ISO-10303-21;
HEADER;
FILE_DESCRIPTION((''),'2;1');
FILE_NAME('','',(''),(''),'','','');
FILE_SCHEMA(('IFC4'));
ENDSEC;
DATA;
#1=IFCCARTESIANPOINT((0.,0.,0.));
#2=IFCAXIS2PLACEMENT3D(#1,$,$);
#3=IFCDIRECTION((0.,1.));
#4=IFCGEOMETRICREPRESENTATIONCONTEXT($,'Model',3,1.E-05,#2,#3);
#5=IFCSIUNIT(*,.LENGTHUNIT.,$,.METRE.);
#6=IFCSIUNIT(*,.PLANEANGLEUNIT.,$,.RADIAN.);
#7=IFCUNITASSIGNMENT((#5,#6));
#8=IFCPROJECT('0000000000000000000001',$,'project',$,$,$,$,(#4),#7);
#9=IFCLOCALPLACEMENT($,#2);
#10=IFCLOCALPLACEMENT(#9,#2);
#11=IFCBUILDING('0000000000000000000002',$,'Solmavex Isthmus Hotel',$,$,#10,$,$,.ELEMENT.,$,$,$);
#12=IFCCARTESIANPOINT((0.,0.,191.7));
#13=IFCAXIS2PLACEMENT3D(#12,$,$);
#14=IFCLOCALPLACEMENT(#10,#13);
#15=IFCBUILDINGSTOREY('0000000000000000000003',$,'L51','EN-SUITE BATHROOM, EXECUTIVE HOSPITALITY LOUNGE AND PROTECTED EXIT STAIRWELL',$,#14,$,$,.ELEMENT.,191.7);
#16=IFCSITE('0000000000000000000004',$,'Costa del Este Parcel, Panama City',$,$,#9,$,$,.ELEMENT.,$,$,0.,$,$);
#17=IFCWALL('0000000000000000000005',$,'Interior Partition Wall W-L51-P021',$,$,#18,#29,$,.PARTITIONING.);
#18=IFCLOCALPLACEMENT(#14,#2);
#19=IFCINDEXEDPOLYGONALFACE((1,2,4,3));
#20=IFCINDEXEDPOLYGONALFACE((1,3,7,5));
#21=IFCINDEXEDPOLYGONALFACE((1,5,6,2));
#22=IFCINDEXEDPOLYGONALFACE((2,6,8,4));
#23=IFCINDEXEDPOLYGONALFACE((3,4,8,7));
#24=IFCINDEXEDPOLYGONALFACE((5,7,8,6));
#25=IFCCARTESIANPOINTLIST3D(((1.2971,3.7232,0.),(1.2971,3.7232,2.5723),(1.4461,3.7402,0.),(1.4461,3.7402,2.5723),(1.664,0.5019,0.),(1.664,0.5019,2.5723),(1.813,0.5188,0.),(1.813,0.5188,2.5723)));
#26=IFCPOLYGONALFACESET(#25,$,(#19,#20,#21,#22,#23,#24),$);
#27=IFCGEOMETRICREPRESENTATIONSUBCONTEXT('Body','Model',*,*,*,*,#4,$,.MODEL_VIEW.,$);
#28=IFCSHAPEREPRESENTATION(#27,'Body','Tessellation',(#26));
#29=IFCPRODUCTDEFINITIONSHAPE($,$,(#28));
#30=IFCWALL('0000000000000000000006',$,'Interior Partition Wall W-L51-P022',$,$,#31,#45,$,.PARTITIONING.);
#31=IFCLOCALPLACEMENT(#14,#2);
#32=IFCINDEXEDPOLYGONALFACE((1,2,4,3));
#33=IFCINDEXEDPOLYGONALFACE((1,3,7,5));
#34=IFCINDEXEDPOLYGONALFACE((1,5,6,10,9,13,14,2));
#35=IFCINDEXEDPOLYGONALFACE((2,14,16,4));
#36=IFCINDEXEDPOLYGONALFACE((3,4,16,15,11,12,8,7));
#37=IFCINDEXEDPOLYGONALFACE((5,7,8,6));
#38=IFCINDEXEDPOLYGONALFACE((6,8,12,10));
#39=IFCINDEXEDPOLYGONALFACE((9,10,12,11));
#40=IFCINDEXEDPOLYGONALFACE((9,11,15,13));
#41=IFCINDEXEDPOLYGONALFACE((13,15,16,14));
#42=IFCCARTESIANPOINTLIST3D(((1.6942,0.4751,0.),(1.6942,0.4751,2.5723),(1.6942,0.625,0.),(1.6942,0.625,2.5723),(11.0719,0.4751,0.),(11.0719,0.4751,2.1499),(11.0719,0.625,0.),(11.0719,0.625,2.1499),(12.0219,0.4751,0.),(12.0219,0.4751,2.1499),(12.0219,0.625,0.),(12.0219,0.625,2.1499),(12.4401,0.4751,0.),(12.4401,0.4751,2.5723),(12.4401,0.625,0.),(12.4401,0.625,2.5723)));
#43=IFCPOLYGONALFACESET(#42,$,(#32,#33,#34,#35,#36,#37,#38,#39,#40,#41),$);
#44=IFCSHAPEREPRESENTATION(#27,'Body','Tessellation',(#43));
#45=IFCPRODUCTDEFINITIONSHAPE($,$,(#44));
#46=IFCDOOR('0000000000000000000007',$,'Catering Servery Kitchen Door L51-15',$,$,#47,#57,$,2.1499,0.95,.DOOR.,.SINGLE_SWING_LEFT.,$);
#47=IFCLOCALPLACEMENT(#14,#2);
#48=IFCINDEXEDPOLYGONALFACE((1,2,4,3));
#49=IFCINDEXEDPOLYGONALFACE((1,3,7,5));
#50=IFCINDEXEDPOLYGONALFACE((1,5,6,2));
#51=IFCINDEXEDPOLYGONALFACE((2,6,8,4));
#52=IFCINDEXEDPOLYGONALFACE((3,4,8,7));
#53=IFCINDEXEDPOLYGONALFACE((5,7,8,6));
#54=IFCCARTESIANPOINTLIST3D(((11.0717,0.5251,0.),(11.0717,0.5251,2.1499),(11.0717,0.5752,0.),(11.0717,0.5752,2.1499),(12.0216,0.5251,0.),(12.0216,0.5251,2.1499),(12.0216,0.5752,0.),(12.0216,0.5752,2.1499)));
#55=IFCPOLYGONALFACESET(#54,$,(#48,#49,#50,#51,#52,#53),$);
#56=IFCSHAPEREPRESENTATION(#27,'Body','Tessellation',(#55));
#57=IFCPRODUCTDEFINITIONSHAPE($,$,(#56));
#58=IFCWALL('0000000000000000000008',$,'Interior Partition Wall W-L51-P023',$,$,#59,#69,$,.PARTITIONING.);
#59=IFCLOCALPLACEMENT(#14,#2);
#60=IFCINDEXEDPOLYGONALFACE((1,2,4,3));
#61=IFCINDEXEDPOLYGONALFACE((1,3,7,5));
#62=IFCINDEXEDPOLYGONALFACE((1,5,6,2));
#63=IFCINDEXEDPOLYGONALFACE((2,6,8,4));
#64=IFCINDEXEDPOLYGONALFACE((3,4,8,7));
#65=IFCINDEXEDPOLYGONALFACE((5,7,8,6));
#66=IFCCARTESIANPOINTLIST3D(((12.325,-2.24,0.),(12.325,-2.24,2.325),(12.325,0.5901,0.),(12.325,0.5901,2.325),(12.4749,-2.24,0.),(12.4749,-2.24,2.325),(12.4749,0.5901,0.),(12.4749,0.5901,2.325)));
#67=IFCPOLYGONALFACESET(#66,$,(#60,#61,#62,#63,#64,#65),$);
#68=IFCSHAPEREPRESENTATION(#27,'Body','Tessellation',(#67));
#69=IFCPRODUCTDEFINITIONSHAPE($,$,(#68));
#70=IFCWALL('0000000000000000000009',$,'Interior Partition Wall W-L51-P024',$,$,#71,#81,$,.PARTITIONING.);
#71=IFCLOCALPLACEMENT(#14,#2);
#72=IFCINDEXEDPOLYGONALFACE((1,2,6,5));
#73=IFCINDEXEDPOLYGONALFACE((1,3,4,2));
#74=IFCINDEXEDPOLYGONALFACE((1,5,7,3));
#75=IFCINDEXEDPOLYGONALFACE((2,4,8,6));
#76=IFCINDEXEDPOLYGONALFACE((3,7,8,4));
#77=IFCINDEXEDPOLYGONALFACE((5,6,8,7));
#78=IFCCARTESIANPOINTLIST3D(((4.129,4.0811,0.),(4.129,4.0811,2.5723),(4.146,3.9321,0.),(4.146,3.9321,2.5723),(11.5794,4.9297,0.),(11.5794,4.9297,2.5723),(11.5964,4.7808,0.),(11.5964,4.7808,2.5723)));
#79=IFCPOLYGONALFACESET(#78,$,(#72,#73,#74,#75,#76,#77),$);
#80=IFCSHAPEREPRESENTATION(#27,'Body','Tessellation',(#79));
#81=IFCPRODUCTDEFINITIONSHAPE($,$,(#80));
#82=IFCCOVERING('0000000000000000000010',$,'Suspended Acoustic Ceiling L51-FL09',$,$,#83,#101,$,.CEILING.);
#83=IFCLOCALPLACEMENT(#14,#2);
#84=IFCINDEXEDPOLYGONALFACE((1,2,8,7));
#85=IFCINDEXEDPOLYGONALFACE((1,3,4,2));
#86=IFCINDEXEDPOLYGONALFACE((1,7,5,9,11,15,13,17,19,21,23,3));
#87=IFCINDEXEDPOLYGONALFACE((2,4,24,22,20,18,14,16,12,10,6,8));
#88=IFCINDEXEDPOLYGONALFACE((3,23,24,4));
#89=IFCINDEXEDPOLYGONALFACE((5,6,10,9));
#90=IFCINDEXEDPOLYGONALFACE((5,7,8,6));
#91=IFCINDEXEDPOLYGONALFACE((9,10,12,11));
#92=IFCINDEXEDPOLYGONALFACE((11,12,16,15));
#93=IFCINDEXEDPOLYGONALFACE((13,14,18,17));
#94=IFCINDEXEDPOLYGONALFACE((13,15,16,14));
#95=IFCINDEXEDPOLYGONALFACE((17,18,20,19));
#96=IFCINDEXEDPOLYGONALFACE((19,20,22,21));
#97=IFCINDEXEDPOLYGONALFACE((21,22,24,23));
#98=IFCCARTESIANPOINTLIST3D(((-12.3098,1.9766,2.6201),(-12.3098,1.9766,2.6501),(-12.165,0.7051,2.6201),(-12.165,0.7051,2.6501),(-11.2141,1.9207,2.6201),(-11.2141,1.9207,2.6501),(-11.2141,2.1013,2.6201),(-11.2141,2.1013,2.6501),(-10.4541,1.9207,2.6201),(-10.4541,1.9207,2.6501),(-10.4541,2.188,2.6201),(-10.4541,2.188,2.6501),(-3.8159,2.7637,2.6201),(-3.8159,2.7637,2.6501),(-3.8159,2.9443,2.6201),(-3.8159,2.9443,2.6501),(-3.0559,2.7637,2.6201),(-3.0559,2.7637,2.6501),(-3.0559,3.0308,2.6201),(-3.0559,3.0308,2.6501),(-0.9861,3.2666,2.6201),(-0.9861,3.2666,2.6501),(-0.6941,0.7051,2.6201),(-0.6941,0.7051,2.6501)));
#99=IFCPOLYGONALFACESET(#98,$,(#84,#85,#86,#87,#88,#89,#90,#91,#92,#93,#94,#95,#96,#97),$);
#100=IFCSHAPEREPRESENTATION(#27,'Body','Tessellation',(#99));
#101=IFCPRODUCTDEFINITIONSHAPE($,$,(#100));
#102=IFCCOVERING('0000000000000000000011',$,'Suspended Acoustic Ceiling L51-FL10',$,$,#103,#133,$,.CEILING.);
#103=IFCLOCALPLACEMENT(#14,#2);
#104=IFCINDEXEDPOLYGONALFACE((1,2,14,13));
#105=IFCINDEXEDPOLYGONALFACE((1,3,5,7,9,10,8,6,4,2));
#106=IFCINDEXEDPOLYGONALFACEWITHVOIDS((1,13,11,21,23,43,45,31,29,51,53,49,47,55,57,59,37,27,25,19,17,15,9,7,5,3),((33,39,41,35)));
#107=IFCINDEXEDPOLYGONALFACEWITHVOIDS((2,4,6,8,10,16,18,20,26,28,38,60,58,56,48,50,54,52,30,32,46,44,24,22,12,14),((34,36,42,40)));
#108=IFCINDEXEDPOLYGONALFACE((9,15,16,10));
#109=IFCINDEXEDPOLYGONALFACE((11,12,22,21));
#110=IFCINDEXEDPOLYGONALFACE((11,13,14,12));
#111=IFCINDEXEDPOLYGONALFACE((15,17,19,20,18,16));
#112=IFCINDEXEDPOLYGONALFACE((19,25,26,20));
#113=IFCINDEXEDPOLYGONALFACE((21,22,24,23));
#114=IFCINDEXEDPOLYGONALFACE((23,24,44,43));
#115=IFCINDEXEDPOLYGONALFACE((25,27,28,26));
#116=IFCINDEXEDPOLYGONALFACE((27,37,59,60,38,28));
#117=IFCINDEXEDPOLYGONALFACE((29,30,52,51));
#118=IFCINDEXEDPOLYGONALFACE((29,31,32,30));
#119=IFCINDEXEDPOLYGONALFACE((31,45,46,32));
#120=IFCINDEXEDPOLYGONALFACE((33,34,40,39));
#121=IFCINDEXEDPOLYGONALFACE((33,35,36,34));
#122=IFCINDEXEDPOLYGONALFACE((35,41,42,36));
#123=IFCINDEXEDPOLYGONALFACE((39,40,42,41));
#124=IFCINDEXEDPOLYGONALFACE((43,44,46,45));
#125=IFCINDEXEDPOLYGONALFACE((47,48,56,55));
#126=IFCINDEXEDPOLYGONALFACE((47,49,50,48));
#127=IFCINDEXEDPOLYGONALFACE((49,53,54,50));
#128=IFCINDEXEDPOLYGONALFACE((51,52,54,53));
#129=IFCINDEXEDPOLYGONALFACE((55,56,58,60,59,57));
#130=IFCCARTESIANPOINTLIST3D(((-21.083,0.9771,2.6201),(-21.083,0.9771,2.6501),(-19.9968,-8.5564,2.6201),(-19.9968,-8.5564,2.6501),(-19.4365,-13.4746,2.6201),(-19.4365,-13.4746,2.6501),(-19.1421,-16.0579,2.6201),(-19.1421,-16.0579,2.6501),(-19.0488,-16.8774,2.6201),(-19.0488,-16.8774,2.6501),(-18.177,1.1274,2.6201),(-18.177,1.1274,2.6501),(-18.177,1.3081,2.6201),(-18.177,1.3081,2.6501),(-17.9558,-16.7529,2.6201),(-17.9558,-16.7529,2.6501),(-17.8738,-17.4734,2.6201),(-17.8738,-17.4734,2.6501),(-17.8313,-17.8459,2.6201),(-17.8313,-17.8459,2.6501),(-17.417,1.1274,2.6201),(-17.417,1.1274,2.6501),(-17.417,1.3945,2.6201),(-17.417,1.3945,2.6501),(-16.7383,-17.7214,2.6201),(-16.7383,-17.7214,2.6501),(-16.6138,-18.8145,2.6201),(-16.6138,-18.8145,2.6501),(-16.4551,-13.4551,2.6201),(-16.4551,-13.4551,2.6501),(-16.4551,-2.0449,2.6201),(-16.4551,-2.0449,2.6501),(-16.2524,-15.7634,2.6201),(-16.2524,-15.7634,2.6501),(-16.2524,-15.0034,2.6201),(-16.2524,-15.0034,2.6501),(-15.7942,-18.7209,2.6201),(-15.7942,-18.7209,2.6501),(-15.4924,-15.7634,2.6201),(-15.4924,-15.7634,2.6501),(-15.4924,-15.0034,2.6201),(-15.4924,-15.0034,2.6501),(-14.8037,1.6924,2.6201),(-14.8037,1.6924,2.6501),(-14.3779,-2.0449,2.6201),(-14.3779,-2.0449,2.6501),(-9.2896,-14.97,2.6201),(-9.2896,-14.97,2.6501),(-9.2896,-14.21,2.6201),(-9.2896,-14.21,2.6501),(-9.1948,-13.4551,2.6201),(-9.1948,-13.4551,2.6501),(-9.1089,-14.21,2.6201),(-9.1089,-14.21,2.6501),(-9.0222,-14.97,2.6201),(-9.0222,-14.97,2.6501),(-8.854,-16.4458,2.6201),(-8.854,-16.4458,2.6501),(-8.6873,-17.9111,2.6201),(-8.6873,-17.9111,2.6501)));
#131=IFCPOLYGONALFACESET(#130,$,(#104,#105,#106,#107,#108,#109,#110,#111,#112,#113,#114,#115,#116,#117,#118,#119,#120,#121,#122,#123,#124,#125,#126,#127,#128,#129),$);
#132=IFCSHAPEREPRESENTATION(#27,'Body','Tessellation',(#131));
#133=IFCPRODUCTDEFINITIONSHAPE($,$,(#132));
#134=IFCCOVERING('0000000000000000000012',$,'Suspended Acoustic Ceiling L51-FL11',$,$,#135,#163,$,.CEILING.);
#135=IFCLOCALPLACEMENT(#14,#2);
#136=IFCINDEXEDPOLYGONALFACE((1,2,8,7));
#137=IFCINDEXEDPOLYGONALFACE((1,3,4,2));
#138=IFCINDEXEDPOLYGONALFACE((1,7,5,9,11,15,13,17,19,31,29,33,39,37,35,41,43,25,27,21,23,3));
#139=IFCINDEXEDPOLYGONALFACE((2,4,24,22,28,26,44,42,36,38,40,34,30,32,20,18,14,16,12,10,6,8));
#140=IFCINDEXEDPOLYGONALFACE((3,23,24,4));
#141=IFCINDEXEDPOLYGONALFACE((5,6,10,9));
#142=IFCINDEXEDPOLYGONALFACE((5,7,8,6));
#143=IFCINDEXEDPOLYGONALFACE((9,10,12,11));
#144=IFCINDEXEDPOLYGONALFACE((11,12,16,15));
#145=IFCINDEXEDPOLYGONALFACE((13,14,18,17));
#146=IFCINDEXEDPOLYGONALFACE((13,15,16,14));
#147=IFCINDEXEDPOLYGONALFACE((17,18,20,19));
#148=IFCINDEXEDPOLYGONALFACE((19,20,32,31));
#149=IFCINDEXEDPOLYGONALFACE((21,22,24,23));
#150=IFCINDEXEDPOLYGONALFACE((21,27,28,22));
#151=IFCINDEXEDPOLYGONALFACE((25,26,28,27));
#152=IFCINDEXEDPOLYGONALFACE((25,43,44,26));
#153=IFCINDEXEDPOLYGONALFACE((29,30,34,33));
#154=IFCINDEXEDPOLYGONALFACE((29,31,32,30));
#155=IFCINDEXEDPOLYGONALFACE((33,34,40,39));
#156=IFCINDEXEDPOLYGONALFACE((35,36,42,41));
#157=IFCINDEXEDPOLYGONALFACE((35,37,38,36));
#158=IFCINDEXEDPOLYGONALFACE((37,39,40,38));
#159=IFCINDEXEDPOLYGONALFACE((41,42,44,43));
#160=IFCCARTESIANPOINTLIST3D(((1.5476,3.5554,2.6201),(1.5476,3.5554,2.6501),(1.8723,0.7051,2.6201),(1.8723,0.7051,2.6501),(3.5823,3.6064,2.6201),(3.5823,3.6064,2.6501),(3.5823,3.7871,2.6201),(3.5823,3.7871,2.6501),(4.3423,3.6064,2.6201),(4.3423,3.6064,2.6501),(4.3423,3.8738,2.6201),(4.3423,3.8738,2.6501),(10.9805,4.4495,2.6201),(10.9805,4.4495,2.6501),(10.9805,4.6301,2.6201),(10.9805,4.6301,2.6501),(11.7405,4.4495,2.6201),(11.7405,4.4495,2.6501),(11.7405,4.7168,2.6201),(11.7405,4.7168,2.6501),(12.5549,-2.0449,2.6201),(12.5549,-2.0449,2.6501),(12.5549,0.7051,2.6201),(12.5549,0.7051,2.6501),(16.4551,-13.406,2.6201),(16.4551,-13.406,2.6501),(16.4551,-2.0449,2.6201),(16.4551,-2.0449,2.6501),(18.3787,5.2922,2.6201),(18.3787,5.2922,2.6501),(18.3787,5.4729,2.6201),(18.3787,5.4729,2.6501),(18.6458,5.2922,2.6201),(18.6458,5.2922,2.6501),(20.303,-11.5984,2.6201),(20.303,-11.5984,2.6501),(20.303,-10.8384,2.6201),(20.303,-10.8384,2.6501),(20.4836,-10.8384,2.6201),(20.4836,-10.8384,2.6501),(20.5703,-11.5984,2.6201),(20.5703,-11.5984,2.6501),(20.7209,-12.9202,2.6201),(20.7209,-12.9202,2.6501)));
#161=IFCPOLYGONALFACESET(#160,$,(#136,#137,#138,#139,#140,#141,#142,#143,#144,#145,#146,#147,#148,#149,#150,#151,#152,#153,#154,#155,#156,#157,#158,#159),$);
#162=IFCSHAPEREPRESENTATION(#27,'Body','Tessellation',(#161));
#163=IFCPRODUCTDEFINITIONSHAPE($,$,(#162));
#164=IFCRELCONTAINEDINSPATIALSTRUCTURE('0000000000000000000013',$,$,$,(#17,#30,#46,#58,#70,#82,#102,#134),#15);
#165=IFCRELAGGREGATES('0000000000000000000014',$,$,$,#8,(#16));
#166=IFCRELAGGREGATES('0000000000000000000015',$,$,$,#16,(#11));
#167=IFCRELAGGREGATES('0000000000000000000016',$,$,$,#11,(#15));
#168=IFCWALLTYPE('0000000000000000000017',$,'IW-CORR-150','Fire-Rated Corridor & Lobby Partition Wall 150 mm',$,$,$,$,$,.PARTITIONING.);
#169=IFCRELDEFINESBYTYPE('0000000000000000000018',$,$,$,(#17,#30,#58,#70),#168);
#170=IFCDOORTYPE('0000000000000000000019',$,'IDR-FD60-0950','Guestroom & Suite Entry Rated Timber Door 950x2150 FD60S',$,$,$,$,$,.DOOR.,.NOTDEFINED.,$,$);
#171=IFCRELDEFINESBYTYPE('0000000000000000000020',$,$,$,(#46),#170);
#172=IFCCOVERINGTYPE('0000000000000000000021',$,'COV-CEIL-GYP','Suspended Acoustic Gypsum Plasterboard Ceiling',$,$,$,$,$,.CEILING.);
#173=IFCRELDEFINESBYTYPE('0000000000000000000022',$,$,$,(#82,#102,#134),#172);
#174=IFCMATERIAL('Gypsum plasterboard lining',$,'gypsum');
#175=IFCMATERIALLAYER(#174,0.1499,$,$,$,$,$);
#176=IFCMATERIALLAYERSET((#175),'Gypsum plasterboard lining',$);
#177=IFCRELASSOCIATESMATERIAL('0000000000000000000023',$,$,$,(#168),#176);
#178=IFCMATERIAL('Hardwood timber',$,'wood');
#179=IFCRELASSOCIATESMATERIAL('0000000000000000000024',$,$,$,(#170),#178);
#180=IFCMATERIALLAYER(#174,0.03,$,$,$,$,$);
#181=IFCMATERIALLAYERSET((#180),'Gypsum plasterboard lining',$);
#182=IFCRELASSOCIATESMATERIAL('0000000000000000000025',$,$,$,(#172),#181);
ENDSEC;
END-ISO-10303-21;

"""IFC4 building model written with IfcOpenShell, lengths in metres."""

from ifc_helpers import new_model, si_unit, direction, frame, frame_2d, origin, place, context, subcontext, project, spatial, polyline, rectangle, outline, extrude, material, layer, layer_set, type_object, element, fill, save


model = new_model("IFC4")

# Units and contexts
model_context = context("Model", 3, precision=1e-05, world=origin(), true_north=direction((0.0, 1.0)))
body_context = subcontext(model_context, "Body", "Model", "MODEL_VIEW")
ifc_project = project(units=[si_unit("LENGTHUNIT", "METRE"), si_unit("PLANEANGLEUNIT", "RADIAN")], contexts=[model_context])

# Site, building, storey
site_placement = place(None, origin())
site = spatial("IfcSite", under=ifc_project, at=site_placement, Name="Costa del Este Parcel, Panama City", CompositionType="ELEMENT", RefElevation=0.0)
building_placement = place(site_placement, origin())
building = spatial("IfcBuilding", under=site, at=building_placement, Name="Solmavex Isthmus Hotel", CompositionType="ELEMENT")
storey_placement = place(building_placement, frame((0.0, 0.0, 191.7)))
storey = spatial("IfcBuildingStorey", under=building, at=storey_placement, Name="L51", Description="EN-SUITE BATHROOM, EXECUTIVE HOSPITALITY LOUNGE AND PROTECTED EXIT STAIRWELL", CompositionType="ELEMENT", Elevation=191.7)

# Wall
ifc_material_1 = material(Name="Gypsum plasterboard lining", Category="gypsum")
ifc_layer_1 = layer(ifc_material_1, 0.1499)
ifc_layer_set_1 = layer_set([ifc_layer_1], Name="Gypsum plasterboard lining")
wall_type = type_object("IfcWallType", Name="IW-CORR-150", Description="Fire-Rated Corridor & Lobby Partition Wall 150 mm", PredefinedType="PARTITIONING", material=ifc_layer_set_1)
wall_1_placement = place(storey_placement, frame((1.3716, 3.7317, 0.0), z_axis=(0.0, 0.0, 1.0), x_axis=(0.113175, -0.993575, 0.0)))
element("IfcWall", 1, at=wall_1_placement, inside=storey, type_object=wall_type, Name="Interior Partition Wall W-L51-P021", PredefinedType="PARTITIONING", context=body_context, shape_type="SweptSolid", body=[
    extrude(rectangle(XDim=3.2422, YDim=0.1499, at=frame_2d((1.6211, 0.0))), origin(), (0.0, 0.0, 1.0), 2.5723),
])

# Wall, opening, door
wall_2_placement = place(storey_placement, frame((1.6941, 0.55, 0.0), z_axis=(0.0, 0.0, 1.0), x_axis=(1.0, 0.0, 0.0)))
wall_2 = element("IfcWall", 2, at=wall_2_placement, inside=storey, type_object=wall_type, Name="Interior Partition Wall W-L51-P022", PredefinedType="PARTITIONING", context=body_context, shape_type="SweptSolid", body=[
    extrude(rectangle(XDim=10.7458, YDim=0.1499, at=frame_2d((5.373, 0.0))), origin(), (0.0, 0.0, 1.0), 2.5723),
])
opening_placement = place(wall_2_placement, frame((9.3777, 0.0, 0.0)))
opening = element("IfcOpeningElement", 3, at=opening_placement, cuts=wall_2, PredefinedType="OPENING", context=body_context, shape_type="SweptSolid", body=[
    extrude(rectangle(XDim=0.95, YDim=2.1499, at=frame_2d((0.4751, 1.075))), frame((0.0, 0.085, 0.0), z_axis=(0.0, -1.0, 0.0), x_axis=(1.0, 0.0, 0.0)), (0.0, 0.0, 1.0), 0.1699),
])
ifc_material_2 = material(Name="Hardwood timber", Category="wood")
door_type = type_object("IfcDoorType", Name="IDR-FD60-0950", Description="Guestroom & Suite Entry Rated Timber Door 950x2150 FD60S", OperationType="NOTDEFINED", PredefinedType="DOOR", material=ifc_material_2)
door_placement = place(opening_placement, frame((0.95, 0.0, 0.0), z_axis=(0.0, 0.0, 1.0), x_axis=(-1.0, 0.0, 0.0)))
door = element("IfcDoor", 4, at=door_placement, inside=storey, type_object=door_type, Name="Catering Servery Kitchen Door L51-15", OperationType="SINGLE_SWING_LEFT", OverallHeight=2.1499, OverallWidth=0.95, PredefinedType="DOOR", context=body_context, shape_type="SweptSolid", body=[
    extrude(rectangle(XDim=0.95, YDim=2.1499, at=frame_2d((0.4751, 1.075))), frame((0.0, 0.0249, 0.0), z_axis=(0.0, -1.0, 0.0), x_axis=(1.0, 0.0, 0.0)), (0.0, 0.0, 1.0), 0.05),
])
fill(opening, door)

# Walls
wall_3_placement = place(storey_placement, frame((12.3999, 0.5901, 0.0), z_axis=(0.0, 0.0, 1.0), x_axis=(0.0, -1.0, 0.0)))
element("IfcWall", 5, at=wall_3_placement, inside=storey, type_object=wall_type, Name="Interior Partition Wall W-L51-P023", PredefinedType="PARTITIONING", context=body_context, shape_type="SweptSolid", body=[
    extrude(rectangle(XDim=2.8301, YDim=0.1499, at=frame_2d((1.415, 0.0))), origin(), (0.0, 0.0, 1.0), 2.325),
])
wall_4_placement = place(storey_placement, frame((11.5879, 4.8552, 0.0), z_axis=(0.0, 0.0, 1.0), x_axis=(-0.993575, -0.113172, 0.0)))
element("IfcWall", 6, at=wall_4_placement, inside=storey, type_object=wall_type, Name="Interior Partition Wall W-L51-P024", PredefinedType="PARTITIONING", context=body_context, shape_type="SweptSolid", body=[
    extrude(rectangle(XDim=7.4985, YDim=0.1499, at=frame_2d((3.7493, 0.0))), origin(), (0.0, 0.0, 1.0), 2.5723),
])

# Coverings
ifc_layer_2 = layer(ifc_material_1, 0.03)
ifc_layer_set_2 = layer_set([ifc_layer_2], Name="Gypsum plasterboard lining")
covering_type_1 = type_object("IfcCoveringType", Name="COV-CEIL-GYP", Description="Suspended Acoustic Gypsum Plasterboard Ceiling", PredefinedType="CEILING", material=ifc_layer_set_2)
covering_1_placement = place(storey_placement, frame((0.0, 0.0, 2.6201)))
element("IfcCovering", 7, at=covering_1_placement, inside=storey, type_object=covering_type_1, Name="Suspended Acoustic Ceiling L51-FL09", PredefinedType="CEILING", context=body_context, shape_type="SweptSolid", body=[
    extrude(outline(polyline([(-10.4541, 2.188), (-10.4541, 1.9207), (-11.2141, 1.9207), (-11.2141, 2.1013), (-12.3098, 1.9766), (-12.165, 0.7051), (-0.6941, 0.7051), (-0.9861, 3.2666), (-3.0559, 3.0308), (-3.0559, 2.7637), (-3.8159, 2.7637), (-3.8159, 2.9443), (-10.4541, 2.188)])), origin(), (0.0, 0.0, 1.0), 0.03),
])
covering_2_placement = place(storey_placement, frame((0.0, 0.0, 2.6201)))
element("IfcCovering", 8, at=covering_2_placement, inside=storey, type_object=covering_type_1, Name="Suspended Acoustic Ceiling L51-FL10", PredefinedType="CEILING", context=body_context, shape_type="SweptSolid", body=[
    extrude(outline(polyline([(-17.417, 1.3945), (-17.417, 1.1274), (-18.177, 1.1274), (-18.177, 1.3081), (-21.083, 0.9771), (-19.9968, -8.5564), (-19.4365, -13.4746), (-19.1421, -16.0579), (-19.0488, -16.8774), (-17.9558, -16.7529), (-17.8738, -17.4734), (-17.8313, -17.8459), (-16.7383, -17.7214), (-16.6138, -18.8145), (-15.7942, -18.7209), (-8.6873, -17.9111), (-8.854, -16.4458), (-9.0222, -14.97), (-9.2896, -14.97), (-9.2896, -14.21), (-9.1089, -14.21), (-9.1948, -13.4551), (-16.4551, -13.4551), (-16.4551, -2.0449), (-14.3779, -2.0449), (-14.8037, 1.6924), (-17.417, 1.3945)]), holes=[polyline([(-16.2524, -15.7634), (-16.2524, -15.0034), (-15.4924, -15.0034), (-15.4924, -15.7634), (-16.2524, -15.7634)])]), origin(), (0.0, 0.0, 1.0), 0.03),
])
covering_3_placement = place(storey_placement, frame((0.0, 0.0, 2.6201)))
element("IfcCovering", 9, at=covering_3_placement, inside=storey, type_object=covering_type_1, Name="Suspended Acoustic Ceiling L51-FL11", PredefinedType="CEILING", context=body_context, shape_type="SweptSolid", body=[
    extrude(outline(polyline([(4.3423, 3.8738), (4.3423, 3.6064), (3.5823, 3.6064), (3.5823, 3.7871), (1.5476, 3.5554), (1.8723, 0.7051), (12.5549, 0.7051), (12.5549, -2.0449), (16.4551, -2.0449), (16.4551, -13.406), (20.7209, -12.9202), (20.5703, -11.5984), (20.303, -11.5984), (20.303, -10.8384), (20.4836, -10.8384), (18.6458, 5.2922), (18.3787, 5.2922), (18.3787, 5.4729), (11.7405, 4.7168), (11.7405, 4.4495), (10.9805, 4.4495), (10.9805, 4.6301), (4.3423, 3.8738)])), origin(), (0.0, 0.0, 1.0), 0.03),
])

save(model, "model.ifc")
